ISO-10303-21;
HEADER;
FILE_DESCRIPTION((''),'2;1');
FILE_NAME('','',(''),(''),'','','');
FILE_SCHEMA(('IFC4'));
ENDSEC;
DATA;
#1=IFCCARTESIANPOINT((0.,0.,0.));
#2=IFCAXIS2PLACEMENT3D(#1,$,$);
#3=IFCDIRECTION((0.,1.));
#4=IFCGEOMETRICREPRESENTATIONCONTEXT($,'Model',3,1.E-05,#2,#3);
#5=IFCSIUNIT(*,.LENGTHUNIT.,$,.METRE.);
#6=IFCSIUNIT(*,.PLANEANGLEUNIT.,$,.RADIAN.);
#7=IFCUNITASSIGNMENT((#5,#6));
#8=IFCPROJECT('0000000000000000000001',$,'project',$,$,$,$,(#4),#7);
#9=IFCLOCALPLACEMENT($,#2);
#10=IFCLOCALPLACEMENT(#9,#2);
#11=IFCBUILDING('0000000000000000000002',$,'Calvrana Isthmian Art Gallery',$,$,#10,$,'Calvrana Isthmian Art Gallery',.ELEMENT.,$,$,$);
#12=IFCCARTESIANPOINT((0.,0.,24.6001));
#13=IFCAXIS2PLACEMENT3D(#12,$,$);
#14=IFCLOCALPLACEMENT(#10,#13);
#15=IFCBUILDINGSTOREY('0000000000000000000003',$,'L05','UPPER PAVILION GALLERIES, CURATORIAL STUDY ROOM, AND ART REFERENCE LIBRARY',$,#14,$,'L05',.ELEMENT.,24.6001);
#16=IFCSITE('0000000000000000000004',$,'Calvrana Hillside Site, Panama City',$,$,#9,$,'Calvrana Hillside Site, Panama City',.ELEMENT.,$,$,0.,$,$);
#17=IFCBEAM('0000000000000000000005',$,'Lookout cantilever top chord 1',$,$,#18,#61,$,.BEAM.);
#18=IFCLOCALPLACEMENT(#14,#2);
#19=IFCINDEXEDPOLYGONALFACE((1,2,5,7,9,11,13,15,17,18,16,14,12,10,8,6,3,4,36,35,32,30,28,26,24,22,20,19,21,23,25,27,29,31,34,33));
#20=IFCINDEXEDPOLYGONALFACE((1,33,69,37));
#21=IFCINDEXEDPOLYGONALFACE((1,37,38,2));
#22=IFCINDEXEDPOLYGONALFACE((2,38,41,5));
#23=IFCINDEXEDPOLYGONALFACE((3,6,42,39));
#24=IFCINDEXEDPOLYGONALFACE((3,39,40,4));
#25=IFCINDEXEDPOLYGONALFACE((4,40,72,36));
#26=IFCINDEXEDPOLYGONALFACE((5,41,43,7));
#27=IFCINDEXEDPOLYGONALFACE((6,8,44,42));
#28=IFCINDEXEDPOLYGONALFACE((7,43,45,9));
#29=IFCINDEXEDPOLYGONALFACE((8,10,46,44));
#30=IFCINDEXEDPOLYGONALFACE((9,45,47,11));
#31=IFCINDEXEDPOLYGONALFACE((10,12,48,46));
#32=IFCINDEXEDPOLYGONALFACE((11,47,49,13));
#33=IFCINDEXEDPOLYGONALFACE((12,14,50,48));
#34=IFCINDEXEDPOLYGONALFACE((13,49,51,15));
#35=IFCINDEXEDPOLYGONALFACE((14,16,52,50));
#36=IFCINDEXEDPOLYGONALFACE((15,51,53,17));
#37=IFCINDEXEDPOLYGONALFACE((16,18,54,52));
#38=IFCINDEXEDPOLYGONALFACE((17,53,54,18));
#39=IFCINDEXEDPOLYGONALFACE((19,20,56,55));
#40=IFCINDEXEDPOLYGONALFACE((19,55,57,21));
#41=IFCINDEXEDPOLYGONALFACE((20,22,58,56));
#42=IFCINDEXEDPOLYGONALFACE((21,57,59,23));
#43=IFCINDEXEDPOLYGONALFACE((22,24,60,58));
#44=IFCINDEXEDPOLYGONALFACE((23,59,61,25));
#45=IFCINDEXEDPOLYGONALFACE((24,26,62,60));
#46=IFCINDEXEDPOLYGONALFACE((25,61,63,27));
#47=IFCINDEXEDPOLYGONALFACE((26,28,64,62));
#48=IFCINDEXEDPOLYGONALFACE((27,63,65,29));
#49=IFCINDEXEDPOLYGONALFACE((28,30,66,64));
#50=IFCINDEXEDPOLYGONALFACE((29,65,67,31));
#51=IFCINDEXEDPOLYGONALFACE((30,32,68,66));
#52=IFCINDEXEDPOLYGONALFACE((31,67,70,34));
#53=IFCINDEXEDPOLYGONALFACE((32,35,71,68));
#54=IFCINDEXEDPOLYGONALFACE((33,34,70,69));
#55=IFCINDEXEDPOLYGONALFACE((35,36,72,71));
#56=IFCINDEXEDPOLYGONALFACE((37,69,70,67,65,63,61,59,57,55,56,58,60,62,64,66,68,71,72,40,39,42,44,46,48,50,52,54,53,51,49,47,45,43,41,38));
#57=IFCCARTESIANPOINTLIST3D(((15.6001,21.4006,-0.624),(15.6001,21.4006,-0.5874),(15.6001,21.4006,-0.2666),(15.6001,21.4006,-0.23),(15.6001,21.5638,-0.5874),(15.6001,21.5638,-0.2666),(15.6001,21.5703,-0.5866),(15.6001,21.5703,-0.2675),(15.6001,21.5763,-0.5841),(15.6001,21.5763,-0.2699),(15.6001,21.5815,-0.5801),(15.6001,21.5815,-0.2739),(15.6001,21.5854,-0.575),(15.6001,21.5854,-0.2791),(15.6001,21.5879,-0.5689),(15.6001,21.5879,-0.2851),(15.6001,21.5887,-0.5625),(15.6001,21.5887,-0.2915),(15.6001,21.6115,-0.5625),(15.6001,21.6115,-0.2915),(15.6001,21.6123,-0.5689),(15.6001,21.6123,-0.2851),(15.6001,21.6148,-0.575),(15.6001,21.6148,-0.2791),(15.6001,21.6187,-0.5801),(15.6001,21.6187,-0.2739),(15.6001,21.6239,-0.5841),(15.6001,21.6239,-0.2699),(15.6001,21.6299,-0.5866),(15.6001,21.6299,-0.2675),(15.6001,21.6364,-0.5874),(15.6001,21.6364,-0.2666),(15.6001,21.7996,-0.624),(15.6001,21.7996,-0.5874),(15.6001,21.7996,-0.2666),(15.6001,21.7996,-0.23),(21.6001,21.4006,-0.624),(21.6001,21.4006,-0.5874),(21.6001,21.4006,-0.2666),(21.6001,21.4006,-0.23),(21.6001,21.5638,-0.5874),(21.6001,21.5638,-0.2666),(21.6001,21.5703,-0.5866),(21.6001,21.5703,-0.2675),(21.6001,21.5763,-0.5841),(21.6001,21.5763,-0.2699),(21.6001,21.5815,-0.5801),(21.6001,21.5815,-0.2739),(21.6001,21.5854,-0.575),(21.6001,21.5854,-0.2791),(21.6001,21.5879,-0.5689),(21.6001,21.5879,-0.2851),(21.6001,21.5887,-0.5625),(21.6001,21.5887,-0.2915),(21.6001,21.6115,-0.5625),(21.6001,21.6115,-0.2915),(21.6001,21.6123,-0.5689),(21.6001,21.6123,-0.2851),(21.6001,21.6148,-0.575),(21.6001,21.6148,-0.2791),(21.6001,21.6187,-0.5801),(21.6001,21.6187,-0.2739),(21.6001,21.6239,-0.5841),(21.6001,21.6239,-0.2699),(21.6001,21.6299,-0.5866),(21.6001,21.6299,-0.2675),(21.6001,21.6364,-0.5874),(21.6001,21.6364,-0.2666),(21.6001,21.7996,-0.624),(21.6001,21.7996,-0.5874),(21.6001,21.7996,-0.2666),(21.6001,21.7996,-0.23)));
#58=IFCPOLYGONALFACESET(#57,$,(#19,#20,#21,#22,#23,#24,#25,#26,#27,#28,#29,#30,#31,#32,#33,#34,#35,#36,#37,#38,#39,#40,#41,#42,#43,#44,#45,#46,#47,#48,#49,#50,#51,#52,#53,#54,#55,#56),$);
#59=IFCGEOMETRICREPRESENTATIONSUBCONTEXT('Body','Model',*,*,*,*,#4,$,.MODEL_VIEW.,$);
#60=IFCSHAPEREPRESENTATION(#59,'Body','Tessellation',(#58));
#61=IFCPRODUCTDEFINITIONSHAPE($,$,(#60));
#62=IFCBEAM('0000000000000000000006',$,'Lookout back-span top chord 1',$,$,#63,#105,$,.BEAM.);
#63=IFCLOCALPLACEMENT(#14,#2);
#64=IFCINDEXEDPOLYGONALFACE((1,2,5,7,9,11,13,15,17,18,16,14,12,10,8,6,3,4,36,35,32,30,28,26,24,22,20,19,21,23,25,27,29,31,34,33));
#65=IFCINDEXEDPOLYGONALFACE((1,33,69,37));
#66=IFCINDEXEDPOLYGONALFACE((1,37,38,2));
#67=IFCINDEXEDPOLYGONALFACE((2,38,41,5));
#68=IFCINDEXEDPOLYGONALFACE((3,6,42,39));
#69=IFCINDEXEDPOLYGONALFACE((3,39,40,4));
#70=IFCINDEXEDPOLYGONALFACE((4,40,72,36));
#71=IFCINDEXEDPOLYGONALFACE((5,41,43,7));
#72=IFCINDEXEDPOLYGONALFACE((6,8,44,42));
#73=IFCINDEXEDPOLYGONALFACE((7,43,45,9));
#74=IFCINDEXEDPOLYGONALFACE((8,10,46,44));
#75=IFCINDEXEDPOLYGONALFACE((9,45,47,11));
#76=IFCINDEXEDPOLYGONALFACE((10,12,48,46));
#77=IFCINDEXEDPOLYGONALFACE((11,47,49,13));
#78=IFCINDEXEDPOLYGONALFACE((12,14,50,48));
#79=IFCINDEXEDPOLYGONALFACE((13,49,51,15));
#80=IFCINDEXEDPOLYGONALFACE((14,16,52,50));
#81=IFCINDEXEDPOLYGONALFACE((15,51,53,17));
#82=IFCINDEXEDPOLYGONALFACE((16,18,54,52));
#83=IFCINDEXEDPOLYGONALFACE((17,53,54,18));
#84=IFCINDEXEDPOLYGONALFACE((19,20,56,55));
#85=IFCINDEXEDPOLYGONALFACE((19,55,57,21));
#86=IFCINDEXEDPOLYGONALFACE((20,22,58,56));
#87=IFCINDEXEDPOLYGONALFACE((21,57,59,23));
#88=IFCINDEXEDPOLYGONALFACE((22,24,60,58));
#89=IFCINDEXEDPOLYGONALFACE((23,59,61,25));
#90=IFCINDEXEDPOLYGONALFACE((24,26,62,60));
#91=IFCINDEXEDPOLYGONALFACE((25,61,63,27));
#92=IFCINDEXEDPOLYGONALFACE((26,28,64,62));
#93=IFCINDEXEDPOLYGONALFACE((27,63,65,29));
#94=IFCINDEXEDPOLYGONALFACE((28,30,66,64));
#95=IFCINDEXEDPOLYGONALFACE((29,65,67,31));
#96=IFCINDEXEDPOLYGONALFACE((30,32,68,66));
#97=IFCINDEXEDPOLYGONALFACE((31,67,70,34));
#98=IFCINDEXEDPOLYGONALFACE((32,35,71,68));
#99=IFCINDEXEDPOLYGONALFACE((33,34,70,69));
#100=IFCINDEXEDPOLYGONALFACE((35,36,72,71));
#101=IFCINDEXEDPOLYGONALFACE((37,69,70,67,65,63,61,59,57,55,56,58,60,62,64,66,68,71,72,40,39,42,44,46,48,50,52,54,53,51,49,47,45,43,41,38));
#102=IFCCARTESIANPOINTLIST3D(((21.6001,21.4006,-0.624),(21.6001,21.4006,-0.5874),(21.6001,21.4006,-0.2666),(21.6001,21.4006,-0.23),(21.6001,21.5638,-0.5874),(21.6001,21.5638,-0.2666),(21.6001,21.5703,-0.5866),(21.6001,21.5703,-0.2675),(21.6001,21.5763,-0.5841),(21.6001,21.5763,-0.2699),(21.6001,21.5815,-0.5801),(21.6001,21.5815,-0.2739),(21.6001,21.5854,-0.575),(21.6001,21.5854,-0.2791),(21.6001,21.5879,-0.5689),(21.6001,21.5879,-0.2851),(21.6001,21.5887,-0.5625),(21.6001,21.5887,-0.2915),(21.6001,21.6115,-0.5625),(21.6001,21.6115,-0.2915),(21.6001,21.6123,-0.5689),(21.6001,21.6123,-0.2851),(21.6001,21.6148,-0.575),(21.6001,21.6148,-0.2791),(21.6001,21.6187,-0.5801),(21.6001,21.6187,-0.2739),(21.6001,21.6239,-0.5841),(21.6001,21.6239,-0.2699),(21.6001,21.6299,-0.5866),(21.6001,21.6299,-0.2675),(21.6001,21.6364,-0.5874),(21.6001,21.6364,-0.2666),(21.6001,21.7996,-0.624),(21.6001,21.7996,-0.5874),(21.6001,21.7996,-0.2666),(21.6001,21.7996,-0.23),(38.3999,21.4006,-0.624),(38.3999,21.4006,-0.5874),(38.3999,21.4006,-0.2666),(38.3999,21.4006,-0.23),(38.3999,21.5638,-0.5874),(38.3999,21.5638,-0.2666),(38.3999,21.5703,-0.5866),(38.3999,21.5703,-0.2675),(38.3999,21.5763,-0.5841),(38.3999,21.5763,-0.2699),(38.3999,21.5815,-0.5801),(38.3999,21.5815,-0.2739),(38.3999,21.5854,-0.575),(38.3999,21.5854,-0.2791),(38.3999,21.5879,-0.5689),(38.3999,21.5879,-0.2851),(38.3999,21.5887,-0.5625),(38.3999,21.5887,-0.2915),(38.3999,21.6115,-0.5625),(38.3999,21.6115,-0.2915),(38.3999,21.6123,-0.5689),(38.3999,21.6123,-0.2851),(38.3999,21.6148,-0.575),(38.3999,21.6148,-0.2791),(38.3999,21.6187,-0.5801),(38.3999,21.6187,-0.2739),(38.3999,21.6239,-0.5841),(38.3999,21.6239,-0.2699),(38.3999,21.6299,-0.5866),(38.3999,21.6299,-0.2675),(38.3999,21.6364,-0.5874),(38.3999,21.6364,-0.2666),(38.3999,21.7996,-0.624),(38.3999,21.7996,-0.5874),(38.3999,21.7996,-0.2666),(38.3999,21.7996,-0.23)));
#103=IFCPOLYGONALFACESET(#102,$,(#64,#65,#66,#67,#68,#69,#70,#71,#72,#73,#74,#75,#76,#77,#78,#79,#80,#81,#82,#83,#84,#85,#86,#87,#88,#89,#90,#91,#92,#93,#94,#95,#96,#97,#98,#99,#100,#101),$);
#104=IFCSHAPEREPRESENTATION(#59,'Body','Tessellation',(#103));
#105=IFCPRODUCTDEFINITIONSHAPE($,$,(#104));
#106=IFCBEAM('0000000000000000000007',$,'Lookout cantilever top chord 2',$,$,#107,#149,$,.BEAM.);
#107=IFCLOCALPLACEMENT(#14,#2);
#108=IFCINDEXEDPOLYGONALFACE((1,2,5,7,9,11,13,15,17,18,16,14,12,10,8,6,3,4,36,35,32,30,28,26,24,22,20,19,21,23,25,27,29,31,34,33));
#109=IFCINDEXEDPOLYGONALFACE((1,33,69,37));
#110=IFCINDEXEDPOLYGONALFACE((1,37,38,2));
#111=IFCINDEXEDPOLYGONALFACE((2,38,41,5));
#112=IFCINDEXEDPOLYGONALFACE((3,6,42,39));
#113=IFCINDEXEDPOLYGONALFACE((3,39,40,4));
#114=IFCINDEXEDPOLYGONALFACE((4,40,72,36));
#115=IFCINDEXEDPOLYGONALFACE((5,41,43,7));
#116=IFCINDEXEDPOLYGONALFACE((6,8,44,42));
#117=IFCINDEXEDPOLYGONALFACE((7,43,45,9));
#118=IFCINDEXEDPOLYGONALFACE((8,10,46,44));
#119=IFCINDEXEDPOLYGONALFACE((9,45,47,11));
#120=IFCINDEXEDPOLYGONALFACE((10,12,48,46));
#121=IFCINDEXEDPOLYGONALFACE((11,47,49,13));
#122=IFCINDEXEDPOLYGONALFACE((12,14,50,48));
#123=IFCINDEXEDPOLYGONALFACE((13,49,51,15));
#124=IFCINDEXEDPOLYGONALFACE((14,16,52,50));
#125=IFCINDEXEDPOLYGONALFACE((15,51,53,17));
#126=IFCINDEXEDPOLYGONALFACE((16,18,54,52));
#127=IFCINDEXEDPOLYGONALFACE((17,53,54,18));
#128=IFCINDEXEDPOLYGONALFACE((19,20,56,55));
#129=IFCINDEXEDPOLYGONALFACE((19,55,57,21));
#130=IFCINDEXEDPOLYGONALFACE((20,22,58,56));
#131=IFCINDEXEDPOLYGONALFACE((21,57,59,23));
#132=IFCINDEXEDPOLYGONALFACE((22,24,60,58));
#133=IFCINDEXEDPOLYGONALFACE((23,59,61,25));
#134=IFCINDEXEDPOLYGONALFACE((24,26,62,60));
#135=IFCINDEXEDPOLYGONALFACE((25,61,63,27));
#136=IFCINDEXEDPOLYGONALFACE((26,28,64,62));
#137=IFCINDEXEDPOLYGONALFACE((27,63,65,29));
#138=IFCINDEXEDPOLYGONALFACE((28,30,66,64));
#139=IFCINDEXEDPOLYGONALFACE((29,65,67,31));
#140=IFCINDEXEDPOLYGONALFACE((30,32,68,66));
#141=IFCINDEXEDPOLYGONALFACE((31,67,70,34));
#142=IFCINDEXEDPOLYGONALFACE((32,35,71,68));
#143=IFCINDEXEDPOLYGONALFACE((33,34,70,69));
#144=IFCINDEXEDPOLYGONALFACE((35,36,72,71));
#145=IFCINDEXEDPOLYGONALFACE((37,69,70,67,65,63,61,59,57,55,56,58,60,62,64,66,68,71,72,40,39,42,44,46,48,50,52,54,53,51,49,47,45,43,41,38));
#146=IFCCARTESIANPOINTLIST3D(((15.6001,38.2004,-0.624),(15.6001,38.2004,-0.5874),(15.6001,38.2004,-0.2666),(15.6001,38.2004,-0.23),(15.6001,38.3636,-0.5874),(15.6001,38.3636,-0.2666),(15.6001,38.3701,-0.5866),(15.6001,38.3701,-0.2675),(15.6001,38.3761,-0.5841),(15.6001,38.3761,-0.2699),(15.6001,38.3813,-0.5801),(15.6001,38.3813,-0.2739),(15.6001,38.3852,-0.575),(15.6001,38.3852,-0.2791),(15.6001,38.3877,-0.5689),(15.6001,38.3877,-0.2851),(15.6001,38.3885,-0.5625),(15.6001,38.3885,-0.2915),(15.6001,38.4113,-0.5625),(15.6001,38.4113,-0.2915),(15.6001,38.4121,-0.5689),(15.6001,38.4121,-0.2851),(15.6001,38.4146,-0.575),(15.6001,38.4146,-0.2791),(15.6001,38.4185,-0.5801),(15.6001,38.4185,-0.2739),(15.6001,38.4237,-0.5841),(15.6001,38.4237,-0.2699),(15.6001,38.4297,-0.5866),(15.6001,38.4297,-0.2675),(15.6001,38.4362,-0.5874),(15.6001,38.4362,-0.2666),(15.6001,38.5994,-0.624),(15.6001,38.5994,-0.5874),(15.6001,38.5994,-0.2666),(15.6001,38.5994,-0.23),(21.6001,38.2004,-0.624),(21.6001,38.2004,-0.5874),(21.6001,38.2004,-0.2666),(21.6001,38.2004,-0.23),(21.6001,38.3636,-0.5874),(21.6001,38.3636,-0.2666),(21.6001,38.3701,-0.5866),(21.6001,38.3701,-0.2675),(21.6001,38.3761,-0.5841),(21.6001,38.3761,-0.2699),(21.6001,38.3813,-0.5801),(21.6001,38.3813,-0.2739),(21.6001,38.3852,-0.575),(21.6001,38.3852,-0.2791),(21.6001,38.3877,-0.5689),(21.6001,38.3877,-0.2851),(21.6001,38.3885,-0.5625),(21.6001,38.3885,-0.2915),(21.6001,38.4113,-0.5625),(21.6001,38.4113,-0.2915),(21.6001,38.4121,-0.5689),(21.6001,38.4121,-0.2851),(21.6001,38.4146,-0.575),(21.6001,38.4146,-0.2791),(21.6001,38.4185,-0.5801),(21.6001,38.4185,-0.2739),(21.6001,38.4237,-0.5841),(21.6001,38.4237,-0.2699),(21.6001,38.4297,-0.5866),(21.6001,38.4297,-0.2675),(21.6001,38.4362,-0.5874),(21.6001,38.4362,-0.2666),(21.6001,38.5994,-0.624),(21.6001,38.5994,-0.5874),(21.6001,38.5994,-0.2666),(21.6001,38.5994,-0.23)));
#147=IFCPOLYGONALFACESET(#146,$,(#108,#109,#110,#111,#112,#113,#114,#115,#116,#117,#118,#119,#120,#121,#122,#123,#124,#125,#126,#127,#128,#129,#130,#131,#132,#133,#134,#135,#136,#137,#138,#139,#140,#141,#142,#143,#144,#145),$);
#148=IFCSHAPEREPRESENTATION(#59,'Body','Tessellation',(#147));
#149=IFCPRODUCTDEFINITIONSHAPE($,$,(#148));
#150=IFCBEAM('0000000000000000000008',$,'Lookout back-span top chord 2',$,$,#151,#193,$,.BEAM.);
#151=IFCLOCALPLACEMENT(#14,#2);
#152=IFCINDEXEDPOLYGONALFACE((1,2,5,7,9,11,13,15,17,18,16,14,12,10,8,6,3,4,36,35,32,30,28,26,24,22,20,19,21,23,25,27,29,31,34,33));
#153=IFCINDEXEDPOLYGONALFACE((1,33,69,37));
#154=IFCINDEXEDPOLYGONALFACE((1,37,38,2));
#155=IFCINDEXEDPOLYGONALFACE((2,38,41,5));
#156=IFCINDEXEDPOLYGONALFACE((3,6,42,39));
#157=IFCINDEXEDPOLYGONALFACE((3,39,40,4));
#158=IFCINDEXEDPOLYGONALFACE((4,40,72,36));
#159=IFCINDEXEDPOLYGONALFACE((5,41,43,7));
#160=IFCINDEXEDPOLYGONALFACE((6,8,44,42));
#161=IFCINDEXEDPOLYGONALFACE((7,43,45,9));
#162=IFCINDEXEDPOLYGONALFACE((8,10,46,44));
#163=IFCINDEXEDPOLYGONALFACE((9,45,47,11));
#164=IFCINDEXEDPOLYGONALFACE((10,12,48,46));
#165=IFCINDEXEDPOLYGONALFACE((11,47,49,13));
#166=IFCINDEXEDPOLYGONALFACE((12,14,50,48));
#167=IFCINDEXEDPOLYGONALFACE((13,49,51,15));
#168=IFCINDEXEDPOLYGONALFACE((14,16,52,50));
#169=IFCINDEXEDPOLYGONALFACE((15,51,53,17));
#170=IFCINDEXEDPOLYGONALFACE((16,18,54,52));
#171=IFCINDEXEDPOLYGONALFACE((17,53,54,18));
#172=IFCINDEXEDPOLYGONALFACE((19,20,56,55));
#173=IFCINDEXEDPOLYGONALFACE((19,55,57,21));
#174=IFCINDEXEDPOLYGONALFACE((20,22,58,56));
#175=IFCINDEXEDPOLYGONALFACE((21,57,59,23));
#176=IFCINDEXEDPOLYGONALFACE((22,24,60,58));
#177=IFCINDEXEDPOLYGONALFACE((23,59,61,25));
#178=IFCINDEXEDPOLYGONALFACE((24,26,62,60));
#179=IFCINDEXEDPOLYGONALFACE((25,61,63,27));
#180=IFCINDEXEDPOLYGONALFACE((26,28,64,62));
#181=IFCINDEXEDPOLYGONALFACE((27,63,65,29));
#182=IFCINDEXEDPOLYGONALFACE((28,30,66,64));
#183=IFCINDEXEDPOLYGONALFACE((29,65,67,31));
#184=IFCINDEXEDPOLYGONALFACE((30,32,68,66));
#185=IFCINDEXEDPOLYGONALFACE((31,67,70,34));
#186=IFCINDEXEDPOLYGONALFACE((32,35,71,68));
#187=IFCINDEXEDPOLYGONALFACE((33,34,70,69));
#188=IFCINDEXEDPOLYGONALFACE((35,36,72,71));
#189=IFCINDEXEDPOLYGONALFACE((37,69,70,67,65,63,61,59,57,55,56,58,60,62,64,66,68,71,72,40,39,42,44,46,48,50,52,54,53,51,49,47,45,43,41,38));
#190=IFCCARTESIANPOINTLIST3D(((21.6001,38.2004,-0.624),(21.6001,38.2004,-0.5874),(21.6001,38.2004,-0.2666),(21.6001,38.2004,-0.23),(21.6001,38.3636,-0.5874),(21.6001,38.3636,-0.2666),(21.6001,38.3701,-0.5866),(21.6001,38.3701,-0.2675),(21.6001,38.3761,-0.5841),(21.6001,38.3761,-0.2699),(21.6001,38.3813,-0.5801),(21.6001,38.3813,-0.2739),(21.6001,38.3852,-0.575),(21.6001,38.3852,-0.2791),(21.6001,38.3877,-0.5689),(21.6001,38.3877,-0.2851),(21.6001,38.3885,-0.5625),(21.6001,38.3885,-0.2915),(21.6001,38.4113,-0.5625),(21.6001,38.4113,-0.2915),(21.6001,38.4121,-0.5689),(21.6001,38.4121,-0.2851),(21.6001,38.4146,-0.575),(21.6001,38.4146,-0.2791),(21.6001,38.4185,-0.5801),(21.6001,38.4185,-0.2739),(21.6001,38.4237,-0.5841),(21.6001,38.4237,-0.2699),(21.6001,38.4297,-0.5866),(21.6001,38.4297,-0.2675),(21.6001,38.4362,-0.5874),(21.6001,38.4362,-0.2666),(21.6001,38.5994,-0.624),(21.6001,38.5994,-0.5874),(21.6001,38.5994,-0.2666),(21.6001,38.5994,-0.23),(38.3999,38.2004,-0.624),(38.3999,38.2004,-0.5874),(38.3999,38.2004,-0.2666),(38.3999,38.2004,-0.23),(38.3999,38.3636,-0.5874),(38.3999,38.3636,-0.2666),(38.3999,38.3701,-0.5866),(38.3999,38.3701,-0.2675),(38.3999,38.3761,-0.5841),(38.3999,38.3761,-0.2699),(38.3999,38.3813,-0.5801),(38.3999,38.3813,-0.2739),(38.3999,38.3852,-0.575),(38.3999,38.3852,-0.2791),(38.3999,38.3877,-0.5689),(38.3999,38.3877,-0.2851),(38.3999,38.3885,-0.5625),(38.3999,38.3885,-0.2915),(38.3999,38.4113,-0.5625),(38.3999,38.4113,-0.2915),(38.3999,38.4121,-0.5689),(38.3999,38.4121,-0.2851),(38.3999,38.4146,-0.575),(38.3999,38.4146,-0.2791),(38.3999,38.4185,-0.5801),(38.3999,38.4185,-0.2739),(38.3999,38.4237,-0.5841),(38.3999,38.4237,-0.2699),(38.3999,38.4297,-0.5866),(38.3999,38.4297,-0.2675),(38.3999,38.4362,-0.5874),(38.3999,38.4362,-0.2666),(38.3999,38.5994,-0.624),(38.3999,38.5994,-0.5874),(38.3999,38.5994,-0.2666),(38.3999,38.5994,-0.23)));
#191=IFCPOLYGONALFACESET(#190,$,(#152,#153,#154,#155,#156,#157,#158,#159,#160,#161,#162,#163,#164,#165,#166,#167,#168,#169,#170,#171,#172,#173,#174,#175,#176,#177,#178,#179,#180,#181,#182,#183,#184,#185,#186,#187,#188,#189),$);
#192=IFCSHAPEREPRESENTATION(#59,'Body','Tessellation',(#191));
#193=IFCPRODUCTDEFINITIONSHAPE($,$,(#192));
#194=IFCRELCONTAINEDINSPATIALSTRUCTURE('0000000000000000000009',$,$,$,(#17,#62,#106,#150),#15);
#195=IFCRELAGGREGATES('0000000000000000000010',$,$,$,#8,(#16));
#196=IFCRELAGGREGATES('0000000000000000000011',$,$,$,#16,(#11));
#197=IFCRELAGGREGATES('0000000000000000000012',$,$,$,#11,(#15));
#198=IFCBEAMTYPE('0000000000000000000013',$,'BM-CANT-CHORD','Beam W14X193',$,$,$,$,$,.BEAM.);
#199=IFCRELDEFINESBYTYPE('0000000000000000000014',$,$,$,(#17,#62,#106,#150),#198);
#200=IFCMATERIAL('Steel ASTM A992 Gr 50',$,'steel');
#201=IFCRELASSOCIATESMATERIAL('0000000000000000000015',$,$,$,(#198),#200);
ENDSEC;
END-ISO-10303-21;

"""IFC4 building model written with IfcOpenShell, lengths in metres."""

from ifc_helpers import new_model, si_unit, direction, frame, origin, origin_2d, place, context, subcontext, project, spatial, i_section, extrude, material, material_profile, profile_set, type_object, element, save


model = new_model("IFC4")

# Units and contexts
model_context = context("Model", 3, precision=1e-05, world=origin(), true_north=direction((0.0, 1.0)))
body_context = subcontext(model_context, "Body", "Model", "MODEL_VIEW")
ifc_project = project(units=[si_unit("LENGTHUNIT", "METRE"), si_unit("PLANEANGLEUNIT", "RADIAN")], contexts=[model_context])

# Site, building, storey
site_placement = place(None, origin())
site = spatial("IfcSite", under=ifc_project, at=site_placement, Name="Calvrana Hillside Site, Panama City", LongName="Calvrana Hillside Site, Panama City", CompositionType="ELEMENT", RefElevation=0.0)
building_placement = place(site_placement, origin())
building = spatial("IfcBuilding", under=site, at=building_placement, Name="Calvrana Isthmian Art Gallery", LongName="Calvrana Isthmian Art Gallery", CompositionType="ELEMENT")
storey_placement = place(building_placement, frame((0.0, 0.0, 24.6001)))
storey = spatial("IfcBuildingStorey", under=building, at=storey_placement, Name="L05", Description="UPPER PAVILION GALLERIES, CURATORIAL STUDY ROOM, AND ART REFERENCE LIBRARY", LongName="L05", CompositionType="ELEMENT", Elevation=24.6001)

# Beams
ifc_material_1 = material(Name="Steel ASTM A992 Gr 50", Category="steel")
ifc_material_profile_1 = material_profile(ifc_material_1, i_section(OverallWidth=0.3989, OverallDepth=0.394, WebThickness=0.0227, FlangeThickness=0.0366, FilletRadius=0.0249, at=origin_2d()), Name="W14X193")
ifc_profile_set_1 = profile_set([ifc_material_profile_1], Name="Steel ASTM A992 Gr 50")
beam_type_1 = type_object("IfcBeamType", Name="BM-CANT-CHORD", Description="Beam W14X193", PredefinedType="BEAM", material=ifc_profile_set_1)
beam_1_placement = place(storey_placement, frame((15.6001, 21.6001, -0.427), z_axis=(1.0, 0.0, 0.0), x_axis=(0.0, 1.0, 0.0)))
element("IfcBeam", 1, at=beam_1_placement, inside=storey, type_object=beam_type_1, Name="Lookout cantilever top chord 1", PredefinedType="BEAM", context=body_context, shape_type="SweptSolid", body=[
    extrude(i_section(OverallWidth=0.3989, OverallDepth=0.394, WebThickness=0.0227, FlangeThickness=0.0366, FilletRadius=0.0249, at=origin_2d()), origin(), (0.0, 0.0, 1.0), 6.0),
])
beam_2_placement = place(storey_placement, frame((21.6001, 21.6001, -0.427), z_axis=(1.0, 0.0, 0.0), x_axis=(0.0, 1.0, 0.0)))
element("IfcBeam", 2, at=beam_2_placement, inside=storey, type_object=beam_type_1, Name="Lookout back-span top chord 1", PredefinedType="BEAM", context=body_context, shape_type="SweptSolid", body=[
    extrude(i_section(OverallWidth=0.3989, OverallDepth=0.394, WebThickness=0.0227, FlangeThickness=0.0366, FilletRadius=0.0249, at=origin_2d()), origin(), (0.0, 0.0, 1.0), 16.7998),
])
beam_3_placement = place(storey_placement, frame((15.6001, 38.3999, -0.427), z_axis=(1.0, 0.0, 0.0), x_axis=(0.0, 1.0, 0.0)))
element("IfcBeam", 3, at=beam_3_placement, inside=storey, type_object=beam_type_1, Name="Lookout cantilever top chord 2", PredefinedType="BEAM", context=body_context, shape_type="SweptSolid", body=[
    extrude(i_section(OverallWidth=0.3989, OverallDepth=0.394, WebThickness=0.0227, FlangeThickness=0.0366, FilletRadius=0.0249, at=origin_2d()), origin(), (0.0, 0.0, 1.0), 6.0),
])
for number, where, z_axis, x_axis, name in (
    (4, (21.6001, 38.3999, -0.427), (1.0, 0.0, 0.0), (0.0, 1.0, 0.0), "Lookout back-span top chord 2"),
):
    element("IfcBeam", number, at=place(storey_placement, frame(where, z_axis=z_axis, x_axis=x_axis)), inside=storey, type_object=beam_type_1, Name=name, PredefinedType="BEAM", context=body_context, shape_type="SweptSolid", body=[
        extrude(i_section(OverallWidth=0.3989, OverallDepth=0.394, WebThickness=0.0227, FlangeThickness=0.0366, FilletRadius=0.0249, at=origin_2d()), origin(), (0.0, 0.0, 1.0), 16.7998),
    ])

save(model, "model.ifc")
